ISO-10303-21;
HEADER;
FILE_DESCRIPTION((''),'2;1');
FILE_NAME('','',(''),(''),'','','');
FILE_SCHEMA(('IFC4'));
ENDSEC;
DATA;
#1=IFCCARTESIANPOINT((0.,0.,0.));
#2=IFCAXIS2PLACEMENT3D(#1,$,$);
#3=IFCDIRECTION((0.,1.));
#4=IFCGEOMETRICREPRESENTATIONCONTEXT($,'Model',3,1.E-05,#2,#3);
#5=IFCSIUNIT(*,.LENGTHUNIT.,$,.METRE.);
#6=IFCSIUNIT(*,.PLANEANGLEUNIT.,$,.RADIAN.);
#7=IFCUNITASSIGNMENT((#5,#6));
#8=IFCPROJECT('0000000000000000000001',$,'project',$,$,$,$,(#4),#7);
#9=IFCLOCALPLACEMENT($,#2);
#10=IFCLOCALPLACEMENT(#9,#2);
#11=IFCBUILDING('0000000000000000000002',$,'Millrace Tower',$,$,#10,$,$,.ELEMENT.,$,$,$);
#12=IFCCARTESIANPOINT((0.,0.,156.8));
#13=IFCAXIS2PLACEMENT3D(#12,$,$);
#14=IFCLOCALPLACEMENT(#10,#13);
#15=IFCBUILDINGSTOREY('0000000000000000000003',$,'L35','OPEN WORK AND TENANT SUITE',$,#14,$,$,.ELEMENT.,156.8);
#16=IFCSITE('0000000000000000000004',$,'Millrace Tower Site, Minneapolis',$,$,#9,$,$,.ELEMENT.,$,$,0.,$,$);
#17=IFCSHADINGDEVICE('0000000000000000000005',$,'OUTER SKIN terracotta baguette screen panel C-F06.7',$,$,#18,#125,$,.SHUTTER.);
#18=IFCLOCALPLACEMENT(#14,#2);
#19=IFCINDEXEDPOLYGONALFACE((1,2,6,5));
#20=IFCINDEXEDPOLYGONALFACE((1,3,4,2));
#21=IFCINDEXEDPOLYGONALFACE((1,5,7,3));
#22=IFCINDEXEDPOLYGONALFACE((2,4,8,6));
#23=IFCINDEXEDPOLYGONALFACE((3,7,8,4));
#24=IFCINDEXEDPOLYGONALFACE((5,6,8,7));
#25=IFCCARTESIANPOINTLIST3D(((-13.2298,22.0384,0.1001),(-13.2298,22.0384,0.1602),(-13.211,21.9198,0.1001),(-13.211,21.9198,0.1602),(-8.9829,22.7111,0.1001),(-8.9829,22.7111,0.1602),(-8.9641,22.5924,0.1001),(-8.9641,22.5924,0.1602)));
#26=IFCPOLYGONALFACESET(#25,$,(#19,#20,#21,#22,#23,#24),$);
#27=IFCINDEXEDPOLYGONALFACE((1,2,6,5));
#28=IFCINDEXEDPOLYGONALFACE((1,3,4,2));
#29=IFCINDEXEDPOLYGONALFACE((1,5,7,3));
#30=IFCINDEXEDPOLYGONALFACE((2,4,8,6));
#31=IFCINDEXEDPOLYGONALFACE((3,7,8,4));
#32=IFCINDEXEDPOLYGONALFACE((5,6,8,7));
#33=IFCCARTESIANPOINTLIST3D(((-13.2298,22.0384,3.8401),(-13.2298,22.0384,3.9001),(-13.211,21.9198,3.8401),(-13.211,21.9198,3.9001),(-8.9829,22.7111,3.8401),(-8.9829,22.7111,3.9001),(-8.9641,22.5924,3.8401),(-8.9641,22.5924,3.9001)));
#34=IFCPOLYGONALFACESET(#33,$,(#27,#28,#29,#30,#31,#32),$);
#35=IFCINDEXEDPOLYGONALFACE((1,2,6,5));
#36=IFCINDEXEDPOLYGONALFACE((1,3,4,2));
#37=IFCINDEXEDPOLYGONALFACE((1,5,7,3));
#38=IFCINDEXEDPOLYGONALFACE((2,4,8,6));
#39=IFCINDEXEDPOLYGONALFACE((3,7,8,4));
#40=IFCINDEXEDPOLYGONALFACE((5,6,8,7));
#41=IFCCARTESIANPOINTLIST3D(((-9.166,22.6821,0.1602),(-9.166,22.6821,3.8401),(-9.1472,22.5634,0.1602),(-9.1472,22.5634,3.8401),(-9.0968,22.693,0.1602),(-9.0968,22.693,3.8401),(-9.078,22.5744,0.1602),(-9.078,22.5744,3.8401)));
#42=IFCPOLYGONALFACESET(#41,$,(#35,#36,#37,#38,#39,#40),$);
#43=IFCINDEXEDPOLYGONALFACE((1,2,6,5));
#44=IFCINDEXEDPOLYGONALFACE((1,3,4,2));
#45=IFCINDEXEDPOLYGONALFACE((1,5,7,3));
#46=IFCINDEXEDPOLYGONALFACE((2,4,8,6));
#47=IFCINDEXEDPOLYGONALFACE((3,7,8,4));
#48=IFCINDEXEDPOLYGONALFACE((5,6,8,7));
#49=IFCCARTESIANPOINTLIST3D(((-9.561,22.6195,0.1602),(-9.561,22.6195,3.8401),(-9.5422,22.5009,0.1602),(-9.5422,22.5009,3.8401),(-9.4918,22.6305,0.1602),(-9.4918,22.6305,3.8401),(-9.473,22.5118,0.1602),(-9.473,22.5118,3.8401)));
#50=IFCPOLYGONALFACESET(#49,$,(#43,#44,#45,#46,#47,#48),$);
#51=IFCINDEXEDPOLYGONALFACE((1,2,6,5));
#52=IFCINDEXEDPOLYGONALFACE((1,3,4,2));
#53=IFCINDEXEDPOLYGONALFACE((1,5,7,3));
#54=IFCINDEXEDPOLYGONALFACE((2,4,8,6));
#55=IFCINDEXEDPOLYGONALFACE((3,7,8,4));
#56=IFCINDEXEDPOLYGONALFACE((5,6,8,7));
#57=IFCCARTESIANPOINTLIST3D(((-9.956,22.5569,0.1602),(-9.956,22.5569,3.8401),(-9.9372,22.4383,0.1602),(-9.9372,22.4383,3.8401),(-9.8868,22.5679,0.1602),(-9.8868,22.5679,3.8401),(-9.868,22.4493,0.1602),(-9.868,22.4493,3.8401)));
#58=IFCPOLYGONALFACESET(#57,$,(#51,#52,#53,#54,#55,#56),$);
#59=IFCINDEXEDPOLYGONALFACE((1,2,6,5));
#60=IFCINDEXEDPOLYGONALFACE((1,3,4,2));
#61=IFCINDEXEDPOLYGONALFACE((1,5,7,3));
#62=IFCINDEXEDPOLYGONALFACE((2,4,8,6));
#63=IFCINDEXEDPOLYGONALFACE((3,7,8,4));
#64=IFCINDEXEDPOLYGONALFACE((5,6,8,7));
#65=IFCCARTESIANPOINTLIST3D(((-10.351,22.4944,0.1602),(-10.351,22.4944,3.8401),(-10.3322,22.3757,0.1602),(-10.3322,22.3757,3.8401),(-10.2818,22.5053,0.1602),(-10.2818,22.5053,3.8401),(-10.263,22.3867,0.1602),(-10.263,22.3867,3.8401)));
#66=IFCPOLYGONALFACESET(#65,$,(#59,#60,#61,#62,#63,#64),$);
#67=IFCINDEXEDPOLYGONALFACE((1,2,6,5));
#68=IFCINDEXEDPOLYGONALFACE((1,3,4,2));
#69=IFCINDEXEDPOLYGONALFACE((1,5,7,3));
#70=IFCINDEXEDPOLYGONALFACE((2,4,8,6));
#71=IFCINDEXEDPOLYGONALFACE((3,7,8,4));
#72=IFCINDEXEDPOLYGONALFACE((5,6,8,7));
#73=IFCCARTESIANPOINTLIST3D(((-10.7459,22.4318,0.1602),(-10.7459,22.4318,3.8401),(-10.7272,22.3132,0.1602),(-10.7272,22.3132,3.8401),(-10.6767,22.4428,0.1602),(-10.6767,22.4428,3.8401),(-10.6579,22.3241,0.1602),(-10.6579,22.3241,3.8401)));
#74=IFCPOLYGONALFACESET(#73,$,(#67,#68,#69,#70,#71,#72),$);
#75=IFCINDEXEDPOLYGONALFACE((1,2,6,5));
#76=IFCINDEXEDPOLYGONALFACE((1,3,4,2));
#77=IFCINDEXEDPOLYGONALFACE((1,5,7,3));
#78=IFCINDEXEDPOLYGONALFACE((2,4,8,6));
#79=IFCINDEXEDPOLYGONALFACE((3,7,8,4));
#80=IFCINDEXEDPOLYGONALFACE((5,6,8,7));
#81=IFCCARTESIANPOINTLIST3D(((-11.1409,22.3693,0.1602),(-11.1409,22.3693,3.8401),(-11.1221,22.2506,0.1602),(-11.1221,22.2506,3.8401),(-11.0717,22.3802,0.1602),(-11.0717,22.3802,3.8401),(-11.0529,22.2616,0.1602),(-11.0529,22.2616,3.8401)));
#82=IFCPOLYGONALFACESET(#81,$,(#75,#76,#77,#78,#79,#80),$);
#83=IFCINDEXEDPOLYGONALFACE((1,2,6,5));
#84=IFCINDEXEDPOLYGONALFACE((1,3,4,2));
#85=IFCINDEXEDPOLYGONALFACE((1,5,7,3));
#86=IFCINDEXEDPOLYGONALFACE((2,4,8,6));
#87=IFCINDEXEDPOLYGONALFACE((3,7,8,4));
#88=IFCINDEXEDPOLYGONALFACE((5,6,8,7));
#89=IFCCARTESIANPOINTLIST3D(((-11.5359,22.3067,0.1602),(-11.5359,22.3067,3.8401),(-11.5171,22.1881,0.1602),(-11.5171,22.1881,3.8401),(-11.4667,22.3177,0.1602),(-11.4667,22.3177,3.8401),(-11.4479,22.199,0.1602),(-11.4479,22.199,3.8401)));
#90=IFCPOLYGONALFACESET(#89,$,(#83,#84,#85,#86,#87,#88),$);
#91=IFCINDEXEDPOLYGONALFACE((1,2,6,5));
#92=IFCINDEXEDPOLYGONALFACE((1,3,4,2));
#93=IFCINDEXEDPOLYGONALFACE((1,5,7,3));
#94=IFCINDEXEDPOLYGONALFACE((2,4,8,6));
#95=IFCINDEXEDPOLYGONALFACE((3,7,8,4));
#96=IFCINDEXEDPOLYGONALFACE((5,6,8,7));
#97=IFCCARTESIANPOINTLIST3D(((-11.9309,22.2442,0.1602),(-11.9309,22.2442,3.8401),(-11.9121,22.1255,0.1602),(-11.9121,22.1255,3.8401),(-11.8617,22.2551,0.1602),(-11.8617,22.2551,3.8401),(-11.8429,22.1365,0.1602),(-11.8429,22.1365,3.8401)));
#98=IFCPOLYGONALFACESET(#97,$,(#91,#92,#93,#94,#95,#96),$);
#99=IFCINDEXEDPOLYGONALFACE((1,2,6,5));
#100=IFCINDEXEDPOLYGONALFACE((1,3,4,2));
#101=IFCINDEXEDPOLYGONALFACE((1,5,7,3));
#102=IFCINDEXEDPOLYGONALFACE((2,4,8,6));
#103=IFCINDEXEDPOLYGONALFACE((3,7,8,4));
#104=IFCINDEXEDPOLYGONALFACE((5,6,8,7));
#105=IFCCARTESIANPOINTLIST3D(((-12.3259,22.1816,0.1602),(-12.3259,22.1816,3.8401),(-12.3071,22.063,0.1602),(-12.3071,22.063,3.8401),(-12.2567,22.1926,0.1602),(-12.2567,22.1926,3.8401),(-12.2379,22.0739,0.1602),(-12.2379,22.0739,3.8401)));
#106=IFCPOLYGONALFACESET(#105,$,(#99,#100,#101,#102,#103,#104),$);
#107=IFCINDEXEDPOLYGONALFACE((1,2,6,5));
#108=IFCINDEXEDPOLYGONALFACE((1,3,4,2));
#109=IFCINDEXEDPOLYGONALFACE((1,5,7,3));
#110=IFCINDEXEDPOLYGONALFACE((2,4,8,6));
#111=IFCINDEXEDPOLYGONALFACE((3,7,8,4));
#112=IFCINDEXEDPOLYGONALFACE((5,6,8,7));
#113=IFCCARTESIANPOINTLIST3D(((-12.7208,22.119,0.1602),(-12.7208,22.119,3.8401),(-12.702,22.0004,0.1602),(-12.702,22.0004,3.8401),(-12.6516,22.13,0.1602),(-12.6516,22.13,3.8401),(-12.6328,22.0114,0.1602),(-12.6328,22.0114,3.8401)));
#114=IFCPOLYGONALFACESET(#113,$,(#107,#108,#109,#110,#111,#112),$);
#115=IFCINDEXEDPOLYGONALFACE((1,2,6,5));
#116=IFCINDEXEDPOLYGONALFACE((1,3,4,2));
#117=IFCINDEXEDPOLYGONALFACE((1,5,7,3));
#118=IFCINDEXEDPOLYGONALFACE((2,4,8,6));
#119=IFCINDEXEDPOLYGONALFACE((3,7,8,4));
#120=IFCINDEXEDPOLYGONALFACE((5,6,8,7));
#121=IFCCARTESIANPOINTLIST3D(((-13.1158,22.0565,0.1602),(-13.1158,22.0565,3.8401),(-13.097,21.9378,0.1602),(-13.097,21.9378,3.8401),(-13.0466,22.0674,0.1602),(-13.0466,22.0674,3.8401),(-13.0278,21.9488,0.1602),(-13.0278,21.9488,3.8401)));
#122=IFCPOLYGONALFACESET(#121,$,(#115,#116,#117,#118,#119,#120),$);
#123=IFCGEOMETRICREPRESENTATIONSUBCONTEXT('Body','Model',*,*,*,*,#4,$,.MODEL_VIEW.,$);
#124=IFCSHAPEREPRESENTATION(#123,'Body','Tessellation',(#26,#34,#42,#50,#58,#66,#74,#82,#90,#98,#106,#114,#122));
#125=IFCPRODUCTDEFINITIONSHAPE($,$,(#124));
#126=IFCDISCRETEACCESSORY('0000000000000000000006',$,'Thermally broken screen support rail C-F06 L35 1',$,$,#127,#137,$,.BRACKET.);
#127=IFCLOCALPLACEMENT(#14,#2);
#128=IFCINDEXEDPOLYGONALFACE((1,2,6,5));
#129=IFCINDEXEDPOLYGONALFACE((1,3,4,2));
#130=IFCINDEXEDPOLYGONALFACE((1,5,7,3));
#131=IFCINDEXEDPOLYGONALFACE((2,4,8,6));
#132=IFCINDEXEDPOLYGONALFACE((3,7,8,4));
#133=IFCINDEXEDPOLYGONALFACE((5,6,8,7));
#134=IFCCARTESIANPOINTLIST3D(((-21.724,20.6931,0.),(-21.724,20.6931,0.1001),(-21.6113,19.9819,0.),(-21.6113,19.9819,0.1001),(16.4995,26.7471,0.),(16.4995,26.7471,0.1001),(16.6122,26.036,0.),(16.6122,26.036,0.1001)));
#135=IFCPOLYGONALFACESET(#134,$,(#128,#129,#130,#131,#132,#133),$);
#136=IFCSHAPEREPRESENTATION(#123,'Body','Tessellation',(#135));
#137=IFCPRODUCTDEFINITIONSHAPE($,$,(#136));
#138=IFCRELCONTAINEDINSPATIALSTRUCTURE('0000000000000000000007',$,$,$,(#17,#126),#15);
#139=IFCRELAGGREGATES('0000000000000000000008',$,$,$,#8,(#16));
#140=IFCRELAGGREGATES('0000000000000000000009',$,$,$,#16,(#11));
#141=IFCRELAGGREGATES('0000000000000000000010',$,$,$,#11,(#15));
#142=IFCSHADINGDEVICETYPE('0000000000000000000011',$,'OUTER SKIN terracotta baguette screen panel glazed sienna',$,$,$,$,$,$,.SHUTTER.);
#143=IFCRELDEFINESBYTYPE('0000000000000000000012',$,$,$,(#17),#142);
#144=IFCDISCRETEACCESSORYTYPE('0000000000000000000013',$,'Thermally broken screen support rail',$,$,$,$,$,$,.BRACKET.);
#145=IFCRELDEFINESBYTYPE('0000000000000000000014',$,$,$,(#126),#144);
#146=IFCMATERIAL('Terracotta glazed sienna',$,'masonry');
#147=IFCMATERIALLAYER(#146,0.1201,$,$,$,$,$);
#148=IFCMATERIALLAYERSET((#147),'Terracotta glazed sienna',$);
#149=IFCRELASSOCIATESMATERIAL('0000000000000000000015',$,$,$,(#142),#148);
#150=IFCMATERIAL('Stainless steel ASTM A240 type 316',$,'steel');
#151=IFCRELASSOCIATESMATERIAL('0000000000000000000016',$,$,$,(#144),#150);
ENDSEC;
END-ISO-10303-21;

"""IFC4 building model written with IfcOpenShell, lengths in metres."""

from ifc_helpers import new_model, entity, si_unit, direction, frame, frame_2d, origin, origin_2d, place, context, subcontext, project, spatial, rectangle, extrude, source, transform, mapped, material, layer, layer_set, type_object, element, save


model = new_model("IFC4")

# Units and contexts
model_context = context("Model", 3, precision=1e-05, world=origin(), true_north=direction((0.0, 1.0)))
body_context = subcontext(model_context, "Body", "Model", "MODEL_VIEW")
ifc_project = project(units=[si_unit("LENGTHUNIT", "METRE"), si_unit("PLANEANGLEUNIT", "RADIAN")], contexts=[model_context])

# Site, building, storey
site_placement = place(None, origin())
site = spatial("IfcSite", under=ifc_project, at=site_placement, Name="Millrace Tower Site, Minneapolis", CompositionType="ELEMENT", RefElevation=0.0)
building_placement = place(site_placement, origin())
building = spatial("IfcBuilding", under=site, at=building_placement, Name="Millrace Tower", CompositionType="ELEMENT")
storey_placement = place(building_placement, frame((0.0, 0.0, 156.8)))
storey = spatial("IfcBuildingStorey", under=building, at=storey_placement, Name="L35", Description="OPEN WORK AND TENANT SUITE", CompositionType="ELEMENT", Elevation=156.8)

# Shading device
ifc_material_1 = material(Name="Terracotta glazed sienna", Category="masonry")
ifc_layer_1 = layer(ifc_material_1, 0.1201)
ifc_layer_set_1 = layer_set([ifc_layer_1], Name="Terracotta glazed sienna")
shading_device_type = type_object("IfcShadingDeviceType", Name="OUTER SKIN terracotta baguette screen panel glazed sienna", PredefinedType="SHUTTER", material=ifc_layer_set_1)
cartesian_point = entity("IfcCartesianPoint", [-2.1499, 0.0601])
shared_polyline = entity("IfcPolyline", [cartesian_point, entity("IfcCartesianPoint", [2.1499, 0.0601]), entity("IfcCartesianPoint", [2.1499, -0.0601]), entity("IfcCartesianPoint", [-2.1499, -0.0601]), cartesian_point])
shared_shape = source(origin(), body_context, "Body", "SweptSolid", [
    entity("IfcExtrudedAreaSolid", entity("IfcArbitraryClosedProfileDef", "AREA", None, shared_polyline), entity("IfcAxis2Placement3D", entity("IfcCartesianPoint", [0.0, 0.0, 0.0])), entity("IfcDirection", [0.0, 0.0, 1.0]), 0.0601),
    entity("IfcExtrudedAreaSolid", entity("IfcArbitraryClosedProfileDef", "AREA", None, shared_polyline), entity("IfcAxis2Placement3D", entity("IfcCartesianPoint", [0.0, 0.0, 3.74])), entity("IfcDirection", [0.0, 0.0, 1.0]), 0.0601),
    extrude(rectangle(XDim=0.0701, YDim=0.1201, at=frame_2d((-1.9995, 0.0))), frame((0.0, 0.0, 0.0601)), (0.0, 0.0, 1.0), 3.6799),
    extrude(rectangle(XDim=0.0701, YDim=0.1201, at=frame_2d((-1.5996, 0.0))), frame((0.0, 0.0, 0.0601)), (0.0, 0.0, 1.0), 3.6799),
    extrude(rectangle(XDim=0.0701, YDim=0.1201, at=frame_2d((-1.1997, 0.0))), frame((0.0, 0.0, 0.0601)), (0.0, 0.0, 1.0), 3.6799),
    extrude(rectangle(XDim=0.0701, YDim=0.1201, at=frame_2d((-0.7998, 0.0))), frame((0.0, 0.0, 0.0601)), (0.0, 0.0, 1.0), 3.6799),
    extrude(rectangle(XDim=0.0701, YDim=0.1201, at=frame_2d((-0.3999, 0.0))), frame((0.0, 0.0, 0.0601)), (0.0, 0.0, 1.0), 3.6799),
    extrude(rectangle(XDim=0.0701, YDim=0.1201, at=origin_2d()), frame((0.0, 0.0, 0.0601)), (0.0, 0.0, 1.0), 3.6799),
    extrude(rectangle(XDim=0.0701, YDim=0.1201, at=frame_2d((0.3999, 0.0))), frame((0.0, 0.0, 0.0601)), (0.0, 0.0, 1.0), 3.6799),
    extrude(rectangle(XDim=0.0701, YDim=0.1201, at=frame_2d((0.7998, 0.0))), frame((0.0, 0.0, 0.0601)), (0.0, 0.0, 1.0), 3.6799),
    extrude(rectangle(XDim=0.0701, YDim=0.1201, at=frame_2d((1.1997, 0.0))), frame((0.0, 0.0, 0.0601)), (0.0, 0.0, 1.0), 3.6799),
    extrude(rectangle(XDim=0.0701, YDim=0.1201, at=frame_2d((1.5996, 0.0))), frame((0.0, 0.0, 0.0601)), (0.0, 0.0, 1.0), 3.6799),
    extrude(rectangle(XDim=0.0701, YDim=0.1201, at=frame_2d((1.9995, 0.0))), frame((0.0, 0.0, 0.0601)), (0.0, 0.0, 1.0), 3.6799),
])
for number, where, z_axis, x_axis, name in (
    (1, (-11.0969, 22.3154, 0.1001), (0.0, 0.0, 1.0), (-0.987688, -0.156434, 0.0), "OUTER SKIN terracotta baguette screen panel C-F06.7"),
):
    element("IfcShadingDevice", number, at=place(storey_placement, frame(where, z_axis=z_axis, x_axis=x_axis)), inside=storey, type_object=shading_device_type, Name=name, PredefinedType="SHUTTER", context=body_context, shape_type="MappedRepresentation", body=[
        mapped(shared_shape, transform((0.0, 0.0, 0.0), scale=1.0)),
    ])

# Discrete accessory
ifc_material_2 = material(Name="Stainless steel ASTM A240 type 316", Category="steel")
discrete_accessory_type = type_object("IfcDiscreteAccessoryType", Name="Thermally broken screen support rail", PredefinedType="BRACKET", material=ifc_material_2)
discrete_accessory_placement = place(storey_placement, frame((-2.5559, 23.3645, 0.0), z_axis=(0.0, 0.0, 1.0), x_axis=(-0.987688, -0.156434, 0.0)))
element("IfcDiscreteAccessory", 2, at=discrete_accessory_placement, inside=storey, type_object=discrete_accessory_type, Name="Thermally broken screen support rail C-F06 L35 1", PredefinedType="BRACKET", context=body_context, shape_type="SweptSolid", body=[
    extrude(rectangle(XDim=38.7, YDim=0.72, at=origin_2d()), origin(), (0.0, 0.0, 1.0), 0.1001),
])

save(model, "model.ifc")
